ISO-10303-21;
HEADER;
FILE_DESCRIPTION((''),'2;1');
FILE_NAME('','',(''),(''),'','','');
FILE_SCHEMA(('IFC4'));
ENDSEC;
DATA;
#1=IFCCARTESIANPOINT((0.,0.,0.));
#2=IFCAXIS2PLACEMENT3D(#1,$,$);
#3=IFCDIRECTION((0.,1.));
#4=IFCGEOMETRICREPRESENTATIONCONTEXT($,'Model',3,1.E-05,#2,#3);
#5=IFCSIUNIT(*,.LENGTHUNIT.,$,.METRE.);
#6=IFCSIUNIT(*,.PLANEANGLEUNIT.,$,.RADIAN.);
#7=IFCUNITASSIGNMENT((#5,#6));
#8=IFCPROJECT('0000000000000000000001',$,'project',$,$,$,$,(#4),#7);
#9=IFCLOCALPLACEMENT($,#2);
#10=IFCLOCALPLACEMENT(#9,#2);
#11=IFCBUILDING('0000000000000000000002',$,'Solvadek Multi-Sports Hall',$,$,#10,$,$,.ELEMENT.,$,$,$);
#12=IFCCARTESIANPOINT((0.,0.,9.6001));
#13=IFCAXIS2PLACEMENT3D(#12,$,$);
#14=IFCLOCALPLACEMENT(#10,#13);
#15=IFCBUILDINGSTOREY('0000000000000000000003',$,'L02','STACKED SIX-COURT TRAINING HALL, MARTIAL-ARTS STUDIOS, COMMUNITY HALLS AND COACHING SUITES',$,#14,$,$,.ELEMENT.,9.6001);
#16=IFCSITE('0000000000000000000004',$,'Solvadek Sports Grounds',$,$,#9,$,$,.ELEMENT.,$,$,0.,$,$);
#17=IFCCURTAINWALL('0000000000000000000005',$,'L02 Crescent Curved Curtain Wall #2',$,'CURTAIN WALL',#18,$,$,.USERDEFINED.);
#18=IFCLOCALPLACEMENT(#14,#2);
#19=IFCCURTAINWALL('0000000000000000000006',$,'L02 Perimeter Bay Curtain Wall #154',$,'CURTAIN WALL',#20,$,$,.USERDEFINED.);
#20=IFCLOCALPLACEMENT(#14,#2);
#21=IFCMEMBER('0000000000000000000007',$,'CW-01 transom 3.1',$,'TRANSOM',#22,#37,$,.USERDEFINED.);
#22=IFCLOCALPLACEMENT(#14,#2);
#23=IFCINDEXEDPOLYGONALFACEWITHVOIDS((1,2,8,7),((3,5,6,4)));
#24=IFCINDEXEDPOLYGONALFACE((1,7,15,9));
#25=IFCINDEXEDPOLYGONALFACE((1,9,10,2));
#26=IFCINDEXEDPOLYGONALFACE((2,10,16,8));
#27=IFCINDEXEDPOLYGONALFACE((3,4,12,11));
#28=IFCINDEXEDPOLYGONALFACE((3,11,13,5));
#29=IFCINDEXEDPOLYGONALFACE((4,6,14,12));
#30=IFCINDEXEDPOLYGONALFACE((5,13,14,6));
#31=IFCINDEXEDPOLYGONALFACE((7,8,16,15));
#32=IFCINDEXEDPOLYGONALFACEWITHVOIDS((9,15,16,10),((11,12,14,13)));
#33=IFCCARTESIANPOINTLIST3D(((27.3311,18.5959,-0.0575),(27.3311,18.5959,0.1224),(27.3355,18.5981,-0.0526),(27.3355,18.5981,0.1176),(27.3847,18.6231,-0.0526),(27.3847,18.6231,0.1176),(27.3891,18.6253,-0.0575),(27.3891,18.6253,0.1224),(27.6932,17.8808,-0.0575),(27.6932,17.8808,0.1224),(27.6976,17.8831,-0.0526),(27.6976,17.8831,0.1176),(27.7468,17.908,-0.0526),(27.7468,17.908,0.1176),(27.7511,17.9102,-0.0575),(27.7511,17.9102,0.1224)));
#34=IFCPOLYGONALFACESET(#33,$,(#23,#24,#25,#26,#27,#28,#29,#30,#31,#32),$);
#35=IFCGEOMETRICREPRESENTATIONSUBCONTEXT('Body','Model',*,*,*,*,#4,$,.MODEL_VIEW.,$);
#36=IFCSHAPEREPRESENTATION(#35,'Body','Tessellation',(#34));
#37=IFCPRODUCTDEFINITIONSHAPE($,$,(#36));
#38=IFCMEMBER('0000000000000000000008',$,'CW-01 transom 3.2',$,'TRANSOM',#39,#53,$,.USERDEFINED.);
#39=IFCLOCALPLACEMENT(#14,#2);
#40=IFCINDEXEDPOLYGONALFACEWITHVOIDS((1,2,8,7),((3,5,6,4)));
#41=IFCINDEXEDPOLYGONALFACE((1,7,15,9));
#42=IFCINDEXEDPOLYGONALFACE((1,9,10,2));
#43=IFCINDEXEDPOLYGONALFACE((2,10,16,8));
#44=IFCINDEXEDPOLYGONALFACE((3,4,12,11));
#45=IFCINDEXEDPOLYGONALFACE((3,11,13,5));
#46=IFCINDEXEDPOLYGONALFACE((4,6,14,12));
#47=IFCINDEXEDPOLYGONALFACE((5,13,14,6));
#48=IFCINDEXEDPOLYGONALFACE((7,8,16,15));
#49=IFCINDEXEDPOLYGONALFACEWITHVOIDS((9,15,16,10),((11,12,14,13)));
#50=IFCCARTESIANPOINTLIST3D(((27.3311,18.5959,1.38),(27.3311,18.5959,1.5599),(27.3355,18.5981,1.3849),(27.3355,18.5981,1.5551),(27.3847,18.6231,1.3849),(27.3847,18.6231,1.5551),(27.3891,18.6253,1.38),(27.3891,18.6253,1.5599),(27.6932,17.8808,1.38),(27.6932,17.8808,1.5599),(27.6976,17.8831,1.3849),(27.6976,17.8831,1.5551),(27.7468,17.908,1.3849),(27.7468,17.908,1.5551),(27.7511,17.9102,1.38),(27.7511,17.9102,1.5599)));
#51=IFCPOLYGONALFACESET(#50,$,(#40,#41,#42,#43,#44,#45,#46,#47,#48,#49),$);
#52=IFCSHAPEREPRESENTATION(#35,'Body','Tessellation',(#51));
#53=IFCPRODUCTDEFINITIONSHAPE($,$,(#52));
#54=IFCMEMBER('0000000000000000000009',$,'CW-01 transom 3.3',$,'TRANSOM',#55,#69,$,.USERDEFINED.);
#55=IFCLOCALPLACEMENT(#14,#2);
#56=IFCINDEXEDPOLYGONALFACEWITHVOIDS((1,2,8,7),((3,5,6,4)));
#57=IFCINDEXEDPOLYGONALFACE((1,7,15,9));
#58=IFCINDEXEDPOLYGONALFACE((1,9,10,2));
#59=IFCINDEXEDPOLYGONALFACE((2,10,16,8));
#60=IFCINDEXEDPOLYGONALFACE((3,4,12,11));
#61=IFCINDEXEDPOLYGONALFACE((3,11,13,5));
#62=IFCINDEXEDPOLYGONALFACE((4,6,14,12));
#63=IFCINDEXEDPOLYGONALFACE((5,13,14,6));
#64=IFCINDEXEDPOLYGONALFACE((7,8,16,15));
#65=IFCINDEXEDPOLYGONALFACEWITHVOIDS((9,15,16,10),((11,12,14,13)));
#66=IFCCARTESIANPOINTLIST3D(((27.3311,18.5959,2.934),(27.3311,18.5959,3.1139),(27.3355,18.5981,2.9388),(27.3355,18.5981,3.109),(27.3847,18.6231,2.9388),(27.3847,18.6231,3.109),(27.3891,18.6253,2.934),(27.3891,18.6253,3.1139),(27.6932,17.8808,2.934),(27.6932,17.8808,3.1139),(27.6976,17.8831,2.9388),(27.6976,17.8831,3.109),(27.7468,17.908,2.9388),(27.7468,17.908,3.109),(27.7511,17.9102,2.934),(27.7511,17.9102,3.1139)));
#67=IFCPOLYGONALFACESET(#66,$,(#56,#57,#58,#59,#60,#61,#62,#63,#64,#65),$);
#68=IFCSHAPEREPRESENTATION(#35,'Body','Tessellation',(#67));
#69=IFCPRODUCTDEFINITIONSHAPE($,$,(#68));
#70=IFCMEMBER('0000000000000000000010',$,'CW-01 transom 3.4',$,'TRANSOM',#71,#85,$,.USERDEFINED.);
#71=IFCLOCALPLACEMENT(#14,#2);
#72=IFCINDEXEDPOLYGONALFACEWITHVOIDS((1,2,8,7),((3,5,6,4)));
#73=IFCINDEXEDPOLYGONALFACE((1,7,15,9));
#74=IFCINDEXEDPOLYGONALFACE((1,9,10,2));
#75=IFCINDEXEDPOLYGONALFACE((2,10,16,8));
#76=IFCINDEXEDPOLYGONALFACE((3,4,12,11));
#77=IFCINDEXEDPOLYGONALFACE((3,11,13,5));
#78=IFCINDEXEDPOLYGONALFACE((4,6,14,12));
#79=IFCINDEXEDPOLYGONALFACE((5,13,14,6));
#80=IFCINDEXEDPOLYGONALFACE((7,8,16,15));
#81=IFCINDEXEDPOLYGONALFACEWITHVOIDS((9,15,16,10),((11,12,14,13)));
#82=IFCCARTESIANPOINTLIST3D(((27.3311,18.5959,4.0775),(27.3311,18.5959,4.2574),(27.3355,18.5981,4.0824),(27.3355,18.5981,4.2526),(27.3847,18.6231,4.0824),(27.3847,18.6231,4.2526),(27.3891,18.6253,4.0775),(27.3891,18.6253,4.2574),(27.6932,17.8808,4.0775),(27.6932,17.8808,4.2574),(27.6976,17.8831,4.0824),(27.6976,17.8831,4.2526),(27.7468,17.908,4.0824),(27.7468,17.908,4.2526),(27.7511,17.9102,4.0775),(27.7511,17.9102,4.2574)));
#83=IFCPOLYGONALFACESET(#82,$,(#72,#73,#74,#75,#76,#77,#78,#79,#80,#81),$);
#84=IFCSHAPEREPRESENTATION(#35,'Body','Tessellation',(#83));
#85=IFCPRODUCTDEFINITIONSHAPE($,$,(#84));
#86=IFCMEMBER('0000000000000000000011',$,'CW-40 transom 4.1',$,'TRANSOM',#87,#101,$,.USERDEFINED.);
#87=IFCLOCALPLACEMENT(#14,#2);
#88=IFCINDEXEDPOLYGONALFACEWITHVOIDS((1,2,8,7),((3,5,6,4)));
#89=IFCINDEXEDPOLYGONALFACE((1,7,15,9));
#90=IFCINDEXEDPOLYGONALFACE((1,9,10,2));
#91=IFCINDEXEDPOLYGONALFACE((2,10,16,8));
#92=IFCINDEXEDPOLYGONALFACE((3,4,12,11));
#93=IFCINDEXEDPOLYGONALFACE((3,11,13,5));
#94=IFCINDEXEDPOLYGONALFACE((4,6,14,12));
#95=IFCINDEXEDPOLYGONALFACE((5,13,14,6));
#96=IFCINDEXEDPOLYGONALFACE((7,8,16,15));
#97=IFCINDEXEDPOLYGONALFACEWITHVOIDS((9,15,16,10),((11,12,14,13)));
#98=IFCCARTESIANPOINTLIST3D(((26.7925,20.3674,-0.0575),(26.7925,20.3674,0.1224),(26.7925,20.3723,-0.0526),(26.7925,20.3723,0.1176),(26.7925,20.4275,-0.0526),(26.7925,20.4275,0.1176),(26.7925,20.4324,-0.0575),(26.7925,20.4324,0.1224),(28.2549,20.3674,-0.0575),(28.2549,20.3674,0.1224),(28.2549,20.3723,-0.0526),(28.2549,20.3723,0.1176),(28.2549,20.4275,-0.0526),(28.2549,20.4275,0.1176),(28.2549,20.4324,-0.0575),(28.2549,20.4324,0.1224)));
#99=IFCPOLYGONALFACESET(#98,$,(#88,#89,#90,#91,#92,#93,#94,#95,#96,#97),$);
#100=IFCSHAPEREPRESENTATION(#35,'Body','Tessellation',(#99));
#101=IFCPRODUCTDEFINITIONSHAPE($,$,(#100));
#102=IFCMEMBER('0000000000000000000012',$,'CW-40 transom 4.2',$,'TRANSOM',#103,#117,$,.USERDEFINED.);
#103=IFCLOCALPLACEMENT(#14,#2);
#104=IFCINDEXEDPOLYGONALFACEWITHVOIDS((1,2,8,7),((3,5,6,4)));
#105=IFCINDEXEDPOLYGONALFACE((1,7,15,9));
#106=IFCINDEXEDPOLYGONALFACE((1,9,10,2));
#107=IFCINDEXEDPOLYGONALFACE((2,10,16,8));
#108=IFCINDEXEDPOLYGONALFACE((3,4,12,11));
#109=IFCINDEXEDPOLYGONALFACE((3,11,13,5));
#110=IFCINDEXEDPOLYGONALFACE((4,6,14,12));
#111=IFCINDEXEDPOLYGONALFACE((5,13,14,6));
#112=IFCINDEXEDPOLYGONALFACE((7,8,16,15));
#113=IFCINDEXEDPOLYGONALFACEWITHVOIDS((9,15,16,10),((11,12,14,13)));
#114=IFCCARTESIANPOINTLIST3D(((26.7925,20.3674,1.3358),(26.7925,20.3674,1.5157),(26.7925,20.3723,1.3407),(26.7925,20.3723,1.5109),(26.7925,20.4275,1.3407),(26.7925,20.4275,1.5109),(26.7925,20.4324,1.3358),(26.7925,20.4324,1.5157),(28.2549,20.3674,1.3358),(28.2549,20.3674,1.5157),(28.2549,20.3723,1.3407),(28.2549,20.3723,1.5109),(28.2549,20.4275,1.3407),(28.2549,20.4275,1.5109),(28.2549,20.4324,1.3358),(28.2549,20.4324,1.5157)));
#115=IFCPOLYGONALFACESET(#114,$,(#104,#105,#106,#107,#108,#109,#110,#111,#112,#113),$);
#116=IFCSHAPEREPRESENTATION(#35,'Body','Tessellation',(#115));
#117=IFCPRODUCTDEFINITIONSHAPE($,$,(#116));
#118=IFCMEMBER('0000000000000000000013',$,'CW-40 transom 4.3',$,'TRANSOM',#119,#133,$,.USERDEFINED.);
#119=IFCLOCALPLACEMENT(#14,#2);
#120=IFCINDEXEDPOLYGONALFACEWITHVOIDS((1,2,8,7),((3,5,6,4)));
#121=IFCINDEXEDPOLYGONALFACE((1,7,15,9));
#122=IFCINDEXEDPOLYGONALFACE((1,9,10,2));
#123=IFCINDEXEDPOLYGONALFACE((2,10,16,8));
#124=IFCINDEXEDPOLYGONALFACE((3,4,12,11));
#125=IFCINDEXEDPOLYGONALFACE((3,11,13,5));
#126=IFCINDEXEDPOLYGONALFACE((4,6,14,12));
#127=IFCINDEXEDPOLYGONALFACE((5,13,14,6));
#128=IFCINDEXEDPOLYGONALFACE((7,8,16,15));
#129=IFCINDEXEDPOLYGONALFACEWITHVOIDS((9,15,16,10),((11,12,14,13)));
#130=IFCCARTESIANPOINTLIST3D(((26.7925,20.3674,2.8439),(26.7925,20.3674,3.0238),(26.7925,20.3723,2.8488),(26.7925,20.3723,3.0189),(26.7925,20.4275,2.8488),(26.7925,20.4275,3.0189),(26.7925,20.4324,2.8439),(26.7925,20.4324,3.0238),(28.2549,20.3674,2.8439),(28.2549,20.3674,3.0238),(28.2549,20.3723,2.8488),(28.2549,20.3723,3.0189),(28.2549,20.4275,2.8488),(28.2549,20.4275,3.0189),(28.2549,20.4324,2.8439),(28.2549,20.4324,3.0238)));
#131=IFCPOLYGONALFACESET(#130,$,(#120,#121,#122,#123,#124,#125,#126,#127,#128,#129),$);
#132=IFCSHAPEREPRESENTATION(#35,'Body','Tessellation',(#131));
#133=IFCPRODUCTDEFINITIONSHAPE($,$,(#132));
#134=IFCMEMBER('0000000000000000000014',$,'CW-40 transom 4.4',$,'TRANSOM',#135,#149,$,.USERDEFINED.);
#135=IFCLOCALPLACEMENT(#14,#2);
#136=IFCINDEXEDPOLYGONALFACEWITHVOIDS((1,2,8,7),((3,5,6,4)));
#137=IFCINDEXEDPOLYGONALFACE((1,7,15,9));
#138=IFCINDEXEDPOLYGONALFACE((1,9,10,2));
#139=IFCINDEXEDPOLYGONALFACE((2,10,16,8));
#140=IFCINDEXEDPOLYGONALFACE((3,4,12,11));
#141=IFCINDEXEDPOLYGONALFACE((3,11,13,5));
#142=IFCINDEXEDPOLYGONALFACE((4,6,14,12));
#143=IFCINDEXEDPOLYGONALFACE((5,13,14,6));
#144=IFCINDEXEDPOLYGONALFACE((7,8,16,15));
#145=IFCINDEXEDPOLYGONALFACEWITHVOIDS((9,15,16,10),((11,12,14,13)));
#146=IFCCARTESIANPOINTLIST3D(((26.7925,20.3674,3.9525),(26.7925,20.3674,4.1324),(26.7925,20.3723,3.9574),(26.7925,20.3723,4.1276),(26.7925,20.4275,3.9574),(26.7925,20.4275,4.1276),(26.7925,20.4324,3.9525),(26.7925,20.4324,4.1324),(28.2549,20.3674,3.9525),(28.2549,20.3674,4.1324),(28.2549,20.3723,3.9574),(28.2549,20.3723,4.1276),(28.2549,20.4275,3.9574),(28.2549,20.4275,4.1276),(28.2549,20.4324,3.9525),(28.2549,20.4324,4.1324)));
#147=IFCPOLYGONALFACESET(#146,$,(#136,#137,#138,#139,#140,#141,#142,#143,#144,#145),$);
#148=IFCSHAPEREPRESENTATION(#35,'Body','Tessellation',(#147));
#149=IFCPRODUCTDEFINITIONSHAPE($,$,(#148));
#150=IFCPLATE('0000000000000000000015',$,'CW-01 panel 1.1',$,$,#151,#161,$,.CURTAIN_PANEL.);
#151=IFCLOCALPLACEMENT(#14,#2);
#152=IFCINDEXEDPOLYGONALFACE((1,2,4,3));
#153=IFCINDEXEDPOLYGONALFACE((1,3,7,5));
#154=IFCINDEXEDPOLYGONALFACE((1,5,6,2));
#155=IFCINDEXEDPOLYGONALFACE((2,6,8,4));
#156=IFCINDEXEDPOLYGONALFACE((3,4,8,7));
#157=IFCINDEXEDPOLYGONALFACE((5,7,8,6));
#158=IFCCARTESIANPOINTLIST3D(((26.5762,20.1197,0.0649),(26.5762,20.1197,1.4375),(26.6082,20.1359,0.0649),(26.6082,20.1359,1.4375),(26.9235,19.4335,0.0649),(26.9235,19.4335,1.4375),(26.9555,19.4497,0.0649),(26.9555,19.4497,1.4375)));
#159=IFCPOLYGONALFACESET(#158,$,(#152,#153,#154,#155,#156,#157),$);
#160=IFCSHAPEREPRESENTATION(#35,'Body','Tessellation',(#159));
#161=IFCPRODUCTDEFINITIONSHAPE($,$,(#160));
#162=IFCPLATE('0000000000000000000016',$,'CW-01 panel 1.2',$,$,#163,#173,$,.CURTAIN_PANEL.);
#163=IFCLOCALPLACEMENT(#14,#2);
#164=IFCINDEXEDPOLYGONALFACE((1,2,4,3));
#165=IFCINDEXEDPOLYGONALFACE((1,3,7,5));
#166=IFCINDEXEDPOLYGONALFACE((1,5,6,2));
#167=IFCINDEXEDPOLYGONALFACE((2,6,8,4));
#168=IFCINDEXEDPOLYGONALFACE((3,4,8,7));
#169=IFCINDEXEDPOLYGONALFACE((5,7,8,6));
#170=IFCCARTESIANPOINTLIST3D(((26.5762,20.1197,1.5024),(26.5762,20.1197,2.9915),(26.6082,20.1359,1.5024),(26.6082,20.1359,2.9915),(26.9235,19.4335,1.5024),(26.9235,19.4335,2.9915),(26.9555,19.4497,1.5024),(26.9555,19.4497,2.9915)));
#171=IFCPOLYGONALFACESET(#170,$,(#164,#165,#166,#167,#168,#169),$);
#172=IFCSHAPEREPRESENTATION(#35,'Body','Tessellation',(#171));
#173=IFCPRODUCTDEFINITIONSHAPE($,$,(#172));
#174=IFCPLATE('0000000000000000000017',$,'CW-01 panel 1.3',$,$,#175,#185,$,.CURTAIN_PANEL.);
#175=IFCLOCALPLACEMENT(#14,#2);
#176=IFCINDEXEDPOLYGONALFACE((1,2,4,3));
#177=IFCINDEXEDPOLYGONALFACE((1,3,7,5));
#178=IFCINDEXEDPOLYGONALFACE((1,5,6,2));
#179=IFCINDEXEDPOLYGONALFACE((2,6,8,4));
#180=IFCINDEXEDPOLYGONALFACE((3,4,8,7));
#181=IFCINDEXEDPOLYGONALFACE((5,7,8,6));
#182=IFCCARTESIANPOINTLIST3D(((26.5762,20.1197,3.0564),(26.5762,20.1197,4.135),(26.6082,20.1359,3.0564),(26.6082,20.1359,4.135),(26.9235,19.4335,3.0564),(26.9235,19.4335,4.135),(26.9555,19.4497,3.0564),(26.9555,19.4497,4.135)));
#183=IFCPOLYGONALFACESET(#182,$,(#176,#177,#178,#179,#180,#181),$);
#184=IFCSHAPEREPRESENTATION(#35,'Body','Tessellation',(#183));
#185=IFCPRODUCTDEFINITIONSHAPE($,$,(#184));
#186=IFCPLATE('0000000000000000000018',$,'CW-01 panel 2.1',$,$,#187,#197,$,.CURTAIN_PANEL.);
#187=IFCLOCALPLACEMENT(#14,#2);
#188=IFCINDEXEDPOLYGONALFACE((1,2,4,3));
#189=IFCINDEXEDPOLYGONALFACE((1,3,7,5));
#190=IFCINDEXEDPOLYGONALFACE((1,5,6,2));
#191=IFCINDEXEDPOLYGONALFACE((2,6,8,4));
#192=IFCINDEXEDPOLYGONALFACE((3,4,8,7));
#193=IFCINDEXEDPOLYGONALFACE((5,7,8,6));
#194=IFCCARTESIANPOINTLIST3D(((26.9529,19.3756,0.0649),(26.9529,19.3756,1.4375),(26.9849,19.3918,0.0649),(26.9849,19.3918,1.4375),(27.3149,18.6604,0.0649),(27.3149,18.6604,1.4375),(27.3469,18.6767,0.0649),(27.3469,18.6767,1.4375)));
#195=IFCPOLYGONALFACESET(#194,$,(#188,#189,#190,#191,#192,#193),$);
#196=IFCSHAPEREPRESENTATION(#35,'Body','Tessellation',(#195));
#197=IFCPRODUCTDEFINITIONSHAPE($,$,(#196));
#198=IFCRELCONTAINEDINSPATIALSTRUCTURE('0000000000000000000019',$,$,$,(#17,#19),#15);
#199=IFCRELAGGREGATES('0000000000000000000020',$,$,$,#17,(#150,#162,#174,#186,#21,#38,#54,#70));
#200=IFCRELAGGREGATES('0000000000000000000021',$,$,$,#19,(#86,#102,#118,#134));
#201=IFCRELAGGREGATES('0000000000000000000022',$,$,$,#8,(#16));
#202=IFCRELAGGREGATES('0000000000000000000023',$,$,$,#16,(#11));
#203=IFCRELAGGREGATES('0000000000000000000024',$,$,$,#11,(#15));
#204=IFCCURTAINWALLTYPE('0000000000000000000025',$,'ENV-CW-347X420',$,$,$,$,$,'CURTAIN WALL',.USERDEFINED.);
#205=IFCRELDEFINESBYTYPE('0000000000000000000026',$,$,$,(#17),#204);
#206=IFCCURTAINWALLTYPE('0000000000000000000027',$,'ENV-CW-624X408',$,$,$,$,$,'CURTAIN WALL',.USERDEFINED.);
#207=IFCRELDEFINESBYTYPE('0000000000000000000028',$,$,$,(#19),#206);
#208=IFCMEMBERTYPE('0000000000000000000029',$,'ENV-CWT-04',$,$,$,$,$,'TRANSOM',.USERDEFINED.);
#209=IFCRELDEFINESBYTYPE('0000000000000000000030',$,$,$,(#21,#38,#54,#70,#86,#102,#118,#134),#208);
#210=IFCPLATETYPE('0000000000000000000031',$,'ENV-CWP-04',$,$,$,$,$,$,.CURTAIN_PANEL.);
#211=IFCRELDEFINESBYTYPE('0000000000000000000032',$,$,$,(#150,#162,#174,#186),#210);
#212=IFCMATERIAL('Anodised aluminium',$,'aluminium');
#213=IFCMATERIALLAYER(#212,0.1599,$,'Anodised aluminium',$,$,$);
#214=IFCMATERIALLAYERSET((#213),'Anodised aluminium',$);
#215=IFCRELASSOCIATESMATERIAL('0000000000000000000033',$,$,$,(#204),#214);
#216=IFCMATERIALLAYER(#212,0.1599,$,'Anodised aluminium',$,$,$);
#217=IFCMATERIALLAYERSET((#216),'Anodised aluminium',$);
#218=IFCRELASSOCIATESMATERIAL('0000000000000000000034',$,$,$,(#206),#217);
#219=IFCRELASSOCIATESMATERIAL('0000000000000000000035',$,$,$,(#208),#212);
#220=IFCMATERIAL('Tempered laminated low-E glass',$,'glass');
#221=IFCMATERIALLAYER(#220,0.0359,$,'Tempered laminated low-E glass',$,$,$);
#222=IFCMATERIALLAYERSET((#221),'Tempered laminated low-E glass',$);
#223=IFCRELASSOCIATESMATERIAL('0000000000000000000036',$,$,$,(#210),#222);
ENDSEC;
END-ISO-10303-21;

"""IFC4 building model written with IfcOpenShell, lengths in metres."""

from ifc_helpers import new_model, si_unit, direction, frame, origin, origin_2d, place, context, subcontext, project, spatial, rectangle, hollow_rectangle, extrude, material, layer, layer_set, material_profile, profile_set, type_object, element, aggregate, save


model = new_model("IFC4")

# Units and contexts
model_context = context("Model", 3, precision=1e-05, world=origin(), true_north=direction((0.0, 1.0)))
body_context = subcontext(model_context, "Body", "Model", "MODEL_VIEW")
ifc_project = project(units=[si_unit("LENGTHUNIT", "METRE"), si_unit("PLANEANGLEUNIT", "RADIAN")], contexts=[model_context])

# Site, building, storey
site_placement = place(None, origin())
site = spatial("IfcSite", under=ifc_project, at=site_placement, Name="Solvadek Sports Grounds", CompositionType="ELEMENT", RefElevation=0.0)
building_placement = place(site_placement, origin())
building = spatial("IfcBuilding", under=site, at=building_placement, Name="Solvadek Multi-Sports Hall", CompositionType="ELEMENT")
storey_placement = place(building_placement, frame((0.0, 0.0, 9.6001)))
storey = spatial("IfcBuildingStorey", under=building, at=storey_placement, Name="L02", Description="STACKED SIX-COURT TRAINING HALL, MARTIAL-ARTS STUDIOS, COMMUNITY HALLS AND COACHING SUITES", CompositionType="ELEMENT", Elevation=9.6001)

# Curtain wall
ifc_material_1 = material(Name="Anodised aluminium", Category="aluminium")
ifc_layer_1 = layer(ifc_material_1, 0.1599, Name="Anodised aluminium")
ifc_layer_set_1 = layer_set([ifc_layer_1], Name="Anodised aluminium")
curtain_wall_type_1 = type_object("IfcCurtainWallType", Name="ENV-CW-347X420", ElementType="CURTAIN WALL", PredefinedType="USERDEFINED", material=ifc_layer_set_1)
curtain_wall_1_placement = place(storey_placement, origin())
curtain_wall_1 = element("IfcCurtainWall", 1, at=curtain_wall_1_placement, inside=storey, type_object=curtain_wall_type_1, Name="L02 Crescent Curved Curtain Wall #2", ObjectType="CURTAIN WALL", PredefinedType="USERDEFINED")

# Curtain wall
ifc_layer_2 = layer(ifc_material_1, 0.1599, Name="Anodised aluminium")
ifc_layer_set_2 = layer_set([ifc_layer_2], Name="Anodised aluminium")
curtain_wall_type_2 = type_object("IfcCurtainWallType", Name="ENV-CW-624X408", ElementType="CURTAIN WALL", PredefinedType="USERDEFINED", material=ifc_layer_set_2)
curtain_wall_2_placement = place(storey_placement, origin())
curtain_wall_2 = element("IfcCurtainWall", 2, at=curtain_wall_2_placement, inside=storey, type_object=curtain_wall_type_2, Name="L02 Perimeter Bay Curtain Wall #154", ObjectType="CURTAIN WALL", PredefinedType="USERDEFINED")

# Members
ifc_material_profile_1 = material_profile(ifc_material_1, hollow_rectangle(XDim=0.0649, YDim=0.1799, WallThickness=0.0049, at=origin_2d()), Name="ALU-T 180x65x5")
ifc_profile_set_1 = profile_set([ifc_material_profile_1], Name="Anodised aluminium")
member_type_1 = type_object("IfcMemberType", Name="ENV-CWT-04", ElementType="TRANSOM", PredefinedType="USERDEFINED", material=ifc_profile_set_1)
member_1_placement = place(storey_placement, frame((27.3601, 18.6106, 0.0325), z_axis=(0.451716, -0.892162, 0.0), x_axis=(0.892162, 0.451716, 0.0)))
member_1 = element("IfcMember", 3, at=member_1_placement, type_object=member_type_1, Name="CW-01 transom 3.1", ObjectType="TRANSOM", PredefinedType="USERDEFINED", context=body_context, shape_type="SweptSolid", body=[
    extrude(hollow_rectangle(XDim=0.0649, YDim=0.1799, WallThickness=0.0049, at=origin_2d()), origin(), (0.0, 0.0, 1.0), 0.8015),
])
member_2_placement = place(storey_placement, frame((27.3601, 18.6106, 1.47), z_axis=(0.451716, -0.892162, 0.0), x_axis=(0.892162, 0.451716, 0.0)))
member_2 = element("IfcMember", 4, at=member_2_placement, type_object=member_type_1, Name="CW-01 transom 3.2", ObjectType="TRANSOM", PredefinedType="USERDEFINED", context=body_context, shape_type="SweptSolid", body=[
    extrude(hollow_rectangle(XDim=0.0649, YDim=0.1799, WallThickness=0.0049, at=origin_2d()), origin(), (0.0, 0.0, 1.0), 0.8015),
])
member_3_placement = place(storey_placement, frame((27.3601, 18.6106, 3.0239), z_axis=(0.451716, -0.892162, 0.0), x_axis=(0.892162, 0.451716, 0.0)))
member_3 = element("IfcMember", 5, at=member_3_placement, type_object=member_type_1, Name="CW-01 transom 3.3", ObjectType="TRANSOM", PredefinedType="USERDEFINED", context=body_context, shape_type="SweptSolid", body=[
    extrude(hollow_rectangle(XDim=0.0649, YDim=0.1799, WallThickness=0.0049, at=origin_2d()), origin(), (0.0, 0.0, 1.0), 0.8015),
])
member_4_placement = place(storey_placement, frame((27.3601, 18.6106, 4.1675), z_axis=(0.451716, -0.892162, 0.0), x_axis=(0.892162, 0.451716, 0.0)))
member_4 = element("IfcMember", 6, at=member_4_placement, type_object=member_type_1, Name="CW-01 transom 3.4", ObjectType="TRANSOM", PredefinedType="USERDEFINED", context=body_context, shape_type="SweptSolid", body=[
    extrude(hollow_rectangle(XDim=0.0649, YDim=0.1799, WallThickness=0.0049, at=origin_2d()), origin(), (0.0, 0.0, 1.0), 0.8015),
])
member_5_placement = place(storey_placement, frame((26.7925, 20.3999, 0.0325), z_axis=(1.0, 0.0, 0.0), x_axis=(0.0, 1.0, 0.0)))
member_5 = element("IfcMember", 7, at=member_5_placement, type_object=member_type_1, Name="CW-40 transom 4.1", ObjectType="TRANSOM", PredefinedType="USERDEFINED", context=body_context, shape_type="SweptSolid", body=[
    extrude(hollow_rectangle(XDim=0.0649, YDim=0.1799, WallThickness=0.0049, at=origin_2d()), origin(), (0.0, 0.0, 1.0), 1.4624),
])
member_6_placement = place(storey_placement, frame((26.7925, 20.3999, 1.4258), z_axis=(1.0, 0.0, 0.0), x_axis=(0.0, 1.0, 0.0)))
member_6 = element("IfcMember", 8, at=member_6_placement, type_object=member_type_1, Name="CW-40 transom 4.2", ObjectType="TRANSOM", PredefinedType="USERDEFINED", context=body_context, shape_type="SweptSolid", body=[
    extrude(hollow_rectangle(XDim=0.0649, YDim=0.1799, WallThickness=0.0049, at=origin_2d()), origin(), (0.0, 0.0, 1.0), 1.4624),
])
member_7_placement = place(storey_placement, frame((26.7925, 20.3999, 2.9338), z_axis=(1.0, 0.0, 0.0), x_axis=(0.0, 1.0, 0.0)))
member_7 = element("IfcMember", 9, at=member_7_placement, type_object=member_type_1, Name="CW-40 transom 4.3", ObjectType="TRANSOM", PredefinedType="USERDEFINED", context=body_context, shape_type="SweptSolid", body=[
    extrude(hollow_rectangle(XDim=0.0649, YDim=0.1799, WallThickness=0.0049, at=origin_2d()), origin(), (0.0, 0.0, 1.0), 1.4624),
])
member_8_placement = place(storey_placement, frame((26.7925, 20.3999, 4.0425), z_axis=(1.0, 0.0, 0.0), x_axis=(0.0, 1.0, 0.0)))
member_8 = element("IfcMember", 10, at=member_8_placement, type_object=member_type_1, Name="CW-40 transom 4.4", ObjectType="TRANSOM", PredefinedType="USERDEFINED", context=body_context, shape_type="SweptSolid", body=[
    extrude(hollow_rectangle(XDim=0.0649, YDim=0.1799, WallThickness=0.0049, at=origin_2d()), origin(), (0.0, 0.0, 1.0), 1.4624),
])

# Plates
ifc_material_2 = material(Name="Tempered laminated low-E glass", Category="glass")
ifc_layer_3 = layer(ifc_material_2, 0.0359, Name="Tempered laminated low-E glass")
ifc_layer_set_3 = layer_set([ifc_layer_3], Name="Tempered laminated low-E glass")
plate_type_1 = type_object("IfcPlateType", Name="ENV-CWP-04", PredefinedType="CURTAIN_PANEL", material=ifc_layer_set_3)
plate_1_placement = place(storey_placement, frame((26.7659, 19.7847, 0.0649), z_axis=(0.0, 0.0, 1.0), x_axis=(0.451559, -0.892241, 0.0)))
plate_1 = element("IfcPlate", 11, at=plate_1_placement, type_object=plate_type_1, Name="CW-01 panel 1.1", PredefinedType="CURTAIN_PANEL", context=body_context, shape_type="SweptSolid", body=[
    extrude(rectangle(XDim=0.769, YDim=0.0359, at=origin_2d()), origin(), (0.0, 0.0, 1.0), 1.3726),
])
plate_2_placement = place(storey_placement, frame((26.7659, 19.7847, 1.5024), z_axis=(0.0, 0.0, 1.0), x_axis=(0.451559, -0.892241, 0.0)))
plate_2 = element("IfcPlate", 12, at=plate_2_placement, type_object=plate_type_1, Name="CW-01 panel 1.2", PredefinedType="CURTAIN_PANEL", context=body_context, shape_type="SweptSolid", body=[
    extrude(rectangle(XDim=0.769, YDim=0.0359, at=origin_2d()), origin(), (0.0, 0.0, 1.0), 1.489),
])
plate_3_placement = place(storey_placement, frame((26.7659, 19.7847, 3.0564), z_axis=(0.0, 0.0, 1.0), x_axis=(0.451559, -0.892241, 0.0)))
plate_3 = element("IfcPlate", 13, at=plate_3_placement, type_object=plate_type_1, Name="CW-01 panel 1.3", PredefinedType="CURTAIN_PANEL", context=body_context, shape_type="SweptSolid", body=[
    extrude(rectangle(XDim=0.769, YDim=0.0359, at=origin_2d()), origin(), (0.0, 0.0, 1.0), 1.0786),
])
plate_4_placement = place(storey_placement, frame((27.1499, 19.0261, 0.0649), z_axis=(0.0, 0.0, 1.0), x_axis=(0.451559, -0.892241, 0.0)))
plate_4 = element("IfcPlate", 14, at=plate_4_placement, type_object=plate_type_1, Name="CW-01 panel 2.1", PredefinedType="CURTAIN_PANEL", context=body_context, shape_type="SweptSolid", body=[
    extrude(rectangle(XDim=0.8015, YDim=0.0359, at=origin_2d()), origin(), (0.0, 0.0, 1.0), 1.3726),
])
aggregate(curtain_wall_1, [plate_1, plate_2, plate_3, plate_4, member_1, member_2, member_3, member_4])
aggregate(curtain_wall_2, [member_5, member_6, member_7, member_8])

save(model, "model.ifc")
